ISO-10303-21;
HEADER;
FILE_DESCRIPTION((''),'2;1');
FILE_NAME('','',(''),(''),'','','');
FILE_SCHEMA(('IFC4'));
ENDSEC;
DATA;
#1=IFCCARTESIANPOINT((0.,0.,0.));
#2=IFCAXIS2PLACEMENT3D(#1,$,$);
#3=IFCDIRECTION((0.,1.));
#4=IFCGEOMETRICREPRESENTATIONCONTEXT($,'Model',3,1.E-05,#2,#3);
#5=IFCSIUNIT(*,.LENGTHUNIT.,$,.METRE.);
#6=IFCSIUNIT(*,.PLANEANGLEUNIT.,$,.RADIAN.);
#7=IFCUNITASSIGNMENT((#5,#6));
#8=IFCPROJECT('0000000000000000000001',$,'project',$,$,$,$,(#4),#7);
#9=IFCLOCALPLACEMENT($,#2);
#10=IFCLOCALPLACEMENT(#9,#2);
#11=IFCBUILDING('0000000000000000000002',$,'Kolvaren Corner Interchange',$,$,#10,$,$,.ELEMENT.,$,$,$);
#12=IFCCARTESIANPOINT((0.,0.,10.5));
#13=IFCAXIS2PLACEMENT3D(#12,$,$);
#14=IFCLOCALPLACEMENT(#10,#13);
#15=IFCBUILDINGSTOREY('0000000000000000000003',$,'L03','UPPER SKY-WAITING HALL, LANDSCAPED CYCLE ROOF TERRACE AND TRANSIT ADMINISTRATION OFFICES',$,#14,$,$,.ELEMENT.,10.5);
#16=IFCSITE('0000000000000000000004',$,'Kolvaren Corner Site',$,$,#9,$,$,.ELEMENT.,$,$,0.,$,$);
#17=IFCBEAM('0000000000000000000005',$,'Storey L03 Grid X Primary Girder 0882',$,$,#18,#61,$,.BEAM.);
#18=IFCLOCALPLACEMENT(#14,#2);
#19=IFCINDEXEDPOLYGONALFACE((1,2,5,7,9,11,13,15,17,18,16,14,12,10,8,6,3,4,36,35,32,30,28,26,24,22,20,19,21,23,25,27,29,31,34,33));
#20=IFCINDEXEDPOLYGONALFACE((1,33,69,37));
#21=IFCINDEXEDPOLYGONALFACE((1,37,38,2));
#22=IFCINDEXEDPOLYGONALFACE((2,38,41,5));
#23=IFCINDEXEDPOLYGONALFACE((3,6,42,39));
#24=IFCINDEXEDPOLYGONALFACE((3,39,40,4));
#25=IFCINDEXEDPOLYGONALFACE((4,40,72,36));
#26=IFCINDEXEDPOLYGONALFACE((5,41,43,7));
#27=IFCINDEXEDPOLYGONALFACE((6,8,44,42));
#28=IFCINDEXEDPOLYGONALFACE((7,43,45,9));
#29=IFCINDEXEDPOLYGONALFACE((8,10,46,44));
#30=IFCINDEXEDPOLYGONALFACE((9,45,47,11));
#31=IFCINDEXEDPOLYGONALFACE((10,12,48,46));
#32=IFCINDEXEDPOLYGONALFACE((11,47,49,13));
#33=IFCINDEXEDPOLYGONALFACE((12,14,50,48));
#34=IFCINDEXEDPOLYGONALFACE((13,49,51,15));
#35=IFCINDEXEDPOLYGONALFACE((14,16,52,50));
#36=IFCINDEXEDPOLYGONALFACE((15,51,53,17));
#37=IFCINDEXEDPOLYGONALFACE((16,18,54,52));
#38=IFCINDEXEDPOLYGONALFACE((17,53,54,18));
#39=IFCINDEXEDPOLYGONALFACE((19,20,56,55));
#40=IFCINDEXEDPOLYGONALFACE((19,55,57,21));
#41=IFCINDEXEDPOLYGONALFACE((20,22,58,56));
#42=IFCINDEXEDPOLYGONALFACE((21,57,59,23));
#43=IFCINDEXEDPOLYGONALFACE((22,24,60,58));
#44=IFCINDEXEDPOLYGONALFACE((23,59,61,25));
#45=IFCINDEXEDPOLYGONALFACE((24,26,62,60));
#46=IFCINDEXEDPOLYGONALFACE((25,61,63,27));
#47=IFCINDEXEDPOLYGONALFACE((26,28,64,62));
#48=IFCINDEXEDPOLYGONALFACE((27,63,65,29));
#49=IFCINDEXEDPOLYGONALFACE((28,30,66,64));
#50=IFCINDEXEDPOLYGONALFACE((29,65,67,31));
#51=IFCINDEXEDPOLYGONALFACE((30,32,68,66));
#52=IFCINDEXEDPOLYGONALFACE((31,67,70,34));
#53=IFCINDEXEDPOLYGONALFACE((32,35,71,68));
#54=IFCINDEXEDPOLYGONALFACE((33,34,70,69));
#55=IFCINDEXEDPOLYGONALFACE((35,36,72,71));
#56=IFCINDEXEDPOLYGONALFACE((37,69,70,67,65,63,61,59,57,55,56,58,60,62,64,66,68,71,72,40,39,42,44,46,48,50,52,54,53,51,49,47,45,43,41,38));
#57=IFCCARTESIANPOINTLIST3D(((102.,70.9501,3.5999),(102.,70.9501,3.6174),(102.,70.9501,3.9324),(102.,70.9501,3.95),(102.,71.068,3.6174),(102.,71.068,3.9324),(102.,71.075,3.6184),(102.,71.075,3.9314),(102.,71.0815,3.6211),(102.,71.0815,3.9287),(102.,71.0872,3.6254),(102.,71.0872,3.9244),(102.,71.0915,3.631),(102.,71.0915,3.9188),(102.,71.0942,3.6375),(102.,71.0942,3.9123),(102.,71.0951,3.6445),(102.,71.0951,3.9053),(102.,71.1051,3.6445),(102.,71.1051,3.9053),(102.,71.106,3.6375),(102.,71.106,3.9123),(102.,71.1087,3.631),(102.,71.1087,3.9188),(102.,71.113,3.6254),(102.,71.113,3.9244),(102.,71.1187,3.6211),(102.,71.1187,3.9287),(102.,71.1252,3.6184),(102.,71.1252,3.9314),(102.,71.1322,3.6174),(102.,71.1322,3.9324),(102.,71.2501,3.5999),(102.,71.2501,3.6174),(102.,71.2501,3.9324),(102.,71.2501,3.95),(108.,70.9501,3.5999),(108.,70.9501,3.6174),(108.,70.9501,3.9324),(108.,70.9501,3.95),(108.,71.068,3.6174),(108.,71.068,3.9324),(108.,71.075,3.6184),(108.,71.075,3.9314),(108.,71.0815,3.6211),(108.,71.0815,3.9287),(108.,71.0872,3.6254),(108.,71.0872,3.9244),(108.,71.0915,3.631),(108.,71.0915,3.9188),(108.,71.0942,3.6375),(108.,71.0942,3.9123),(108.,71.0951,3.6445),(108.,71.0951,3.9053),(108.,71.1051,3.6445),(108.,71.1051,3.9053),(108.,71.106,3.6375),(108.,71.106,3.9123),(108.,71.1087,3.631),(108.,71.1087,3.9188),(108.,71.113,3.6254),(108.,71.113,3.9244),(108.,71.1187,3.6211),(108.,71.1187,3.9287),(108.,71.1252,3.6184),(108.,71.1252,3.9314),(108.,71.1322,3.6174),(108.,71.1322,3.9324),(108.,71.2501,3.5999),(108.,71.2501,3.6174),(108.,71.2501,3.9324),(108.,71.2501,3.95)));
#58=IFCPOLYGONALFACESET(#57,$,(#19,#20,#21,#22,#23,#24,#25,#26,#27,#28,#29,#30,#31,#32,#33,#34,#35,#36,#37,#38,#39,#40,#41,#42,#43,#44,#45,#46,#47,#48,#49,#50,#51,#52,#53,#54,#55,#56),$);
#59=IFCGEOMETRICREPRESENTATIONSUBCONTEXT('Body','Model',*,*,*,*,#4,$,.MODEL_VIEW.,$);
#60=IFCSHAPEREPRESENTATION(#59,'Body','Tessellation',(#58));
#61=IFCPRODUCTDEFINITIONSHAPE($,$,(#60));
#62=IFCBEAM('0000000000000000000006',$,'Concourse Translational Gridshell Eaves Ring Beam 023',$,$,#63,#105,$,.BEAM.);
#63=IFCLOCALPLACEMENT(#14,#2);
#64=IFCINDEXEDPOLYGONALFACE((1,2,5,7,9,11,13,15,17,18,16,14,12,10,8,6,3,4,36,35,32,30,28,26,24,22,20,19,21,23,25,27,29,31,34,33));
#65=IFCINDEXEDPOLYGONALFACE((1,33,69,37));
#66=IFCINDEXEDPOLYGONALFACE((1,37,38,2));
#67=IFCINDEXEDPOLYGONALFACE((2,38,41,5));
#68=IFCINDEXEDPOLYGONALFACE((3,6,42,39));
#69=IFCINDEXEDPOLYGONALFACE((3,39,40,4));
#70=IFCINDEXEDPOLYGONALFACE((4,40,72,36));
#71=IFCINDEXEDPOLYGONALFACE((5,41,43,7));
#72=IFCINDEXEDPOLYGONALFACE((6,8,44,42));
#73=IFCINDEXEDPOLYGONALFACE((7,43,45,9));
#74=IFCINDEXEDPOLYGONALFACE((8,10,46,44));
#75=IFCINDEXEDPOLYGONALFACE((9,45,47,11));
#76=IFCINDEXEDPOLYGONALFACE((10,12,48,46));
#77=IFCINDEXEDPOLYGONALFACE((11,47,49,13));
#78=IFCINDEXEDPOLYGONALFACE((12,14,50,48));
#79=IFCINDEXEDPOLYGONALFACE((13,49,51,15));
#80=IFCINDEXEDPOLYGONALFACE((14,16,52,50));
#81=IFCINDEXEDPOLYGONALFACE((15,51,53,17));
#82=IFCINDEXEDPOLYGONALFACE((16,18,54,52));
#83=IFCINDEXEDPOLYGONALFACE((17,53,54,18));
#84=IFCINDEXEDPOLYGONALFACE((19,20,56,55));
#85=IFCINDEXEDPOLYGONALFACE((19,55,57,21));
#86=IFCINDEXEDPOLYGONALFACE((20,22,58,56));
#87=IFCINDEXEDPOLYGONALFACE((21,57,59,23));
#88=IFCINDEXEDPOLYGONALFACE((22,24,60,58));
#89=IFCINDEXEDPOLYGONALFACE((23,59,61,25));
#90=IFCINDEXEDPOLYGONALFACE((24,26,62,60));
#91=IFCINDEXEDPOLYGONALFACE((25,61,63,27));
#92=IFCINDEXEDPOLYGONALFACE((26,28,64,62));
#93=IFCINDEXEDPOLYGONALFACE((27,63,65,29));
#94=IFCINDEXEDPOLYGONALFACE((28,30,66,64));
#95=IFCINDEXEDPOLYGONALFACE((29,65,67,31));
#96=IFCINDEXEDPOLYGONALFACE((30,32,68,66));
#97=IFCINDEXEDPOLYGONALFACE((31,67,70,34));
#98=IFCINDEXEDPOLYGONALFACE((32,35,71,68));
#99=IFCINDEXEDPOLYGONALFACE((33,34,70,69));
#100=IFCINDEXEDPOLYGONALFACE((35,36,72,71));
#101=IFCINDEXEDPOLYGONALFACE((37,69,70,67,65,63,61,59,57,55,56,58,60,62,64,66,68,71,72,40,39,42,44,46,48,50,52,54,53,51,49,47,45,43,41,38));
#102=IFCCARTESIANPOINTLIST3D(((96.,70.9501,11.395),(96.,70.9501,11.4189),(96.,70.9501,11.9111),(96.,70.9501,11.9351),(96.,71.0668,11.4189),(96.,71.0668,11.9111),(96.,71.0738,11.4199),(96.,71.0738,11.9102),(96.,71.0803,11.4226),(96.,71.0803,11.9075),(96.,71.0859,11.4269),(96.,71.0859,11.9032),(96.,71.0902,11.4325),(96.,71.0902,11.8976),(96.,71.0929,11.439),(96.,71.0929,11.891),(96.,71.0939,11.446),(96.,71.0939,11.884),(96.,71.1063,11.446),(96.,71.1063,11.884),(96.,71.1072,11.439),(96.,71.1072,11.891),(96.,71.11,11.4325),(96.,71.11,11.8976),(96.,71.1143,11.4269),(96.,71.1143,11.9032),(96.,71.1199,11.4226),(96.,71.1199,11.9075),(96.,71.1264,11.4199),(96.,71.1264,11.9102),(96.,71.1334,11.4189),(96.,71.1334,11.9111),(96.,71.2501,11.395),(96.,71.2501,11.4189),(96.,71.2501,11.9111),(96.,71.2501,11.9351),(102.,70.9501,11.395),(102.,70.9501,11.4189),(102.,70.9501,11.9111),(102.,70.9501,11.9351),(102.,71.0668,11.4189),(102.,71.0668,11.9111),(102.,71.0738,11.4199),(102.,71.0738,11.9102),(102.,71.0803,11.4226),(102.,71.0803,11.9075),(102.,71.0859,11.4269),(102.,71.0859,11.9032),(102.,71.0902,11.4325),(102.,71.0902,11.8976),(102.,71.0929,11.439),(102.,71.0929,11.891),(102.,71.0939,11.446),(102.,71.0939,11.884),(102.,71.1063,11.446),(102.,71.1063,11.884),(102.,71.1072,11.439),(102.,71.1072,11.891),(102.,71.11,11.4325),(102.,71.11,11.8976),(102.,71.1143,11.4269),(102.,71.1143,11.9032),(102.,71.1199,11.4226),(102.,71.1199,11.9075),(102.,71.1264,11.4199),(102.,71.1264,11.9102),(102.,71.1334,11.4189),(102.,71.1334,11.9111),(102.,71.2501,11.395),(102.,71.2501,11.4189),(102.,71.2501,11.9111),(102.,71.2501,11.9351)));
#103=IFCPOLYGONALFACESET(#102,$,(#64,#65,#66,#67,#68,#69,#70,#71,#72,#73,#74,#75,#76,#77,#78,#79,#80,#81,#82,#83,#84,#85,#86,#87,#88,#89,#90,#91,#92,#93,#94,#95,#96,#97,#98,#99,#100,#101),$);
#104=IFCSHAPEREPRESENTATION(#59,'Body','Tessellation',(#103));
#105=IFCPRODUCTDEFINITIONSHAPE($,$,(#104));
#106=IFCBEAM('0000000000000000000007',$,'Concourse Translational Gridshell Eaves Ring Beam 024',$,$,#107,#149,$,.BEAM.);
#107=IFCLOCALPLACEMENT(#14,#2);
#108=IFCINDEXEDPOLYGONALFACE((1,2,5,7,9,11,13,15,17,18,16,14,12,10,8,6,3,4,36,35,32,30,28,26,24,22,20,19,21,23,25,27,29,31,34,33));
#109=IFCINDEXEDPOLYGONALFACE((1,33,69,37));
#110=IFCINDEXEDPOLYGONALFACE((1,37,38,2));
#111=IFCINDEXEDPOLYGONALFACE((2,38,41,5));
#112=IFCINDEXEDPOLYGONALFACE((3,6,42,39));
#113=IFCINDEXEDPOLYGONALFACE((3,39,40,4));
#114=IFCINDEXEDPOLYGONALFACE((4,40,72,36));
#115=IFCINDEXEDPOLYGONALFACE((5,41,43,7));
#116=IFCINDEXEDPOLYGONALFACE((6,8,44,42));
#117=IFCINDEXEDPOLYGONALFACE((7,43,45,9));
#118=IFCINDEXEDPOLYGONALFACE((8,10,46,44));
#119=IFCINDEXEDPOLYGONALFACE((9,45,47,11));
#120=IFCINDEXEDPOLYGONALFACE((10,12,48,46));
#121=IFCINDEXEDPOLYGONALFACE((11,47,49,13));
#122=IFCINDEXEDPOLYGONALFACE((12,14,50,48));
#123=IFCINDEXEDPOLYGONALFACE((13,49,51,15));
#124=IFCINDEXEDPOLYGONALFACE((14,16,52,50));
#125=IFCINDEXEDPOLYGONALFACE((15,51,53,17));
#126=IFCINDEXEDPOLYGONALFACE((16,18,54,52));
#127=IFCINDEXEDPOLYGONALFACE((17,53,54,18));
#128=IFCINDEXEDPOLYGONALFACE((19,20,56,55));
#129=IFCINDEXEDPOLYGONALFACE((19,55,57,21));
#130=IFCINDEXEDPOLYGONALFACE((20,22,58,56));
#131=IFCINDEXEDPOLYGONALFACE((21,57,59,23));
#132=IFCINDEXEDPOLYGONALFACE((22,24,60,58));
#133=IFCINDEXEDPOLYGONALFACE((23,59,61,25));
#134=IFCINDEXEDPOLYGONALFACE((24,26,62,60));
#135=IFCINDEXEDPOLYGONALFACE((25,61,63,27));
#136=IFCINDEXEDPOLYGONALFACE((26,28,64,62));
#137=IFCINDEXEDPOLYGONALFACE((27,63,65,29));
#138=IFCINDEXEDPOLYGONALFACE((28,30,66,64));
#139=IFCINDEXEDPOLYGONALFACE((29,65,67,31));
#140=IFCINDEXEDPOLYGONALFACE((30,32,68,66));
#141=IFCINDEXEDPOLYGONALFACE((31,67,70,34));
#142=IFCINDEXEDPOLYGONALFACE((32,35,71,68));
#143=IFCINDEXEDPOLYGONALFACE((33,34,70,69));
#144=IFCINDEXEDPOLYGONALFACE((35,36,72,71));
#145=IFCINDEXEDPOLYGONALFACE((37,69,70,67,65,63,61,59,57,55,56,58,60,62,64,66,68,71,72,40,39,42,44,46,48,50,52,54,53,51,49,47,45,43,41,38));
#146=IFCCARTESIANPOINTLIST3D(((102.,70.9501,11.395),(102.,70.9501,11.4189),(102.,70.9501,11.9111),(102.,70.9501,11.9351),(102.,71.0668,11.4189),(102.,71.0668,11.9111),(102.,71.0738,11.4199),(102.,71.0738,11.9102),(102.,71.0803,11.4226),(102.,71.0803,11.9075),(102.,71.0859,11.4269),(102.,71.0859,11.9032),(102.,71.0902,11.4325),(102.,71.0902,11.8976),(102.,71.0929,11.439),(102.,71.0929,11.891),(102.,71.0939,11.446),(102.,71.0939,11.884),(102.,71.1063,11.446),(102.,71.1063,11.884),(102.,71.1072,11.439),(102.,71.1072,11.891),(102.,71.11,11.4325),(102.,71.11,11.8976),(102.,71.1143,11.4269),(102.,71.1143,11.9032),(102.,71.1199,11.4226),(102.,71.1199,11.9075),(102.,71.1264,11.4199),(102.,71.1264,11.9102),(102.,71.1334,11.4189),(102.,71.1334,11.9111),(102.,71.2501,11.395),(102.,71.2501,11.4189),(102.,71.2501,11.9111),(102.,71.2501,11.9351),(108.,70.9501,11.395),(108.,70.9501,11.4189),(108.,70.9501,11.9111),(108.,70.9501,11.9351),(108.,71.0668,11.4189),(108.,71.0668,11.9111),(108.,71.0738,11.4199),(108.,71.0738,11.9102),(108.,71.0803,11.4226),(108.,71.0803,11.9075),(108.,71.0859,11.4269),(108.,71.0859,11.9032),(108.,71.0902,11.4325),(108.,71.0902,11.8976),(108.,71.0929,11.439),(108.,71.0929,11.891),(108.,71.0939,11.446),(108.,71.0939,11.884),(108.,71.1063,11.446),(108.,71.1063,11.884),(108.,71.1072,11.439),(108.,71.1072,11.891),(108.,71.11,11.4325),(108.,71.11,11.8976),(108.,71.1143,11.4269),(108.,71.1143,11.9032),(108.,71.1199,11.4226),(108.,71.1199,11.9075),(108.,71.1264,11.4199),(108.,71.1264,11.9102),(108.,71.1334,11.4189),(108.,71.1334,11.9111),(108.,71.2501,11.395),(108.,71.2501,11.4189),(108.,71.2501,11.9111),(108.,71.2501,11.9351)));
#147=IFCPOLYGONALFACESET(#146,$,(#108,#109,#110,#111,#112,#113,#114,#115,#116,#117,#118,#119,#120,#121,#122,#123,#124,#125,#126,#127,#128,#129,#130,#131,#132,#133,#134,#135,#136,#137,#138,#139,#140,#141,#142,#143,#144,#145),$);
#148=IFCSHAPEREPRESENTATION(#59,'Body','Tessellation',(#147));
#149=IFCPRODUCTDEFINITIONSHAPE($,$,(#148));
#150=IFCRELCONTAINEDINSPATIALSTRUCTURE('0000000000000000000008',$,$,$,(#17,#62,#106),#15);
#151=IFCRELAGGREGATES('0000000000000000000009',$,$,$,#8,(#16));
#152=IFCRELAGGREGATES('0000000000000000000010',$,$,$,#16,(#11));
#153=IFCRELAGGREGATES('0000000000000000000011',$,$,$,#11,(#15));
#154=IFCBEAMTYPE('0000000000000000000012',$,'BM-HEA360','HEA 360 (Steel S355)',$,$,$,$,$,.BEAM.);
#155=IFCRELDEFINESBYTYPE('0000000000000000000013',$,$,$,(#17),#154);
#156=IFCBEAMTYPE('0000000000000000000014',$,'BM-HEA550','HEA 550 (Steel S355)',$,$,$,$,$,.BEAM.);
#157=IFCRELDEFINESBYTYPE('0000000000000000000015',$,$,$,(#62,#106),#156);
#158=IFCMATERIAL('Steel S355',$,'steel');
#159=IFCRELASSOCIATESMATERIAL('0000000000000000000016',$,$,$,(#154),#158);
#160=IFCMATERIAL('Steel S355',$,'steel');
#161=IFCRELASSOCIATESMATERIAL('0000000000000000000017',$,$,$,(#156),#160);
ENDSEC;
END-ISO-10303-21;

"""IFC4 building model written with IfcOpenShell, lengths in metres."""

from ifc_helpers import new_model, si_unit, direction, frame, origin, origin_2d, place, context, subcontext, project, spatial, i_section, extrude, material, material_profile, profile_set, type_object, element, save


model = new_model("IFC4")

# Units and contexts
model_context = context("Model", 3, precision=1e-05, world=origin(), true_north=direction((0.0, 1.0)))
body_context = subcontext(model_context, "Body", "Model", "MODEL_VIEW")
ifc_project = project(units=[si_unit("LENGTHUNIT", "METRE"), si_unit("PLANEANGLEUNIT", "RADIAN")], contexts=[model_context])

# Site, building, storey
site_placement = place(None, origin())
site = spatial("IfcSite", under=ifc_project, at=site_placement, Name="Kolvaren Corner Site", CompositionType="ELEMENT", RefElevation=0.0)
building_placement = place(site_placement, origin())
building = spatial("IfcBuilding", under=site, at=building_placement, Name="Kolvaren Corner Interchange", CompositionType="ELEMENT")
storey_placement = place(building_placement, frame((0.0, 0.0, 10.5)))
storey = spatial("IfcBuildingStorey", under=building, at=storey_placement, Name="L03", Description="UPPER SKY-WAITING HALL, LANDSCAPED CYCLE ROOF TERRACE AND TRANSIT ADMINISTRATION OFFICES", CompositionType="ELEMENT", Elevation=10.5)

# Beams
ifc_material_1 = material(Name="Steel S355", Category="steel")
ifc_material_profile_1 = material_profile(ifc_material_1, i_section(OverallWidth=0.3, OverallDepth=0.3501, WebThickness=0.01, FlangeThickness=0.0176, FilletRadius=0.0271, at=origin_2d()), Name="HEA 360")
ifc_profile_set_1 = profile_set([ifc_material_profile_1], Name="Steel S355")
beam_type_1 = type_object("IfcBeamType", Name="BM-HEA360", Description="HEA 360 (Steel S355)", PredefinedType="BEAM", material=ifc_profile_set_1)
for number, where, z_axis, x_axis, name in (
    (1, (102.0, 71.1001, 3.7749), (1.0, 0.0, 0.0), (0.0, 1.0, 0.0), "Storey L03 Grid X Primary Girder 0882"),
):
    element("IfcBeam", number, at=place(storey_placement, frame(where, z_axis=z_axis, x_axis=x_axis)), inside=storey, type_object=beam_type_1, Name=name, PredefinedType="BEAM", context=body_context, shape_type="SweptSolid", body=[
        extrude(i_section(OverallWidth=0.3, OverallDepth=0.3501, WebThickness=0.01, FlangeThickness=0.0176, FilletRadius=0.0271, at=origin_2d()), origin(), (0.0, 0.0, 1.0), 6.0),
    ])
ifc_material_2 = material(Name="Steel S355", Category="steel")
ifc_material_profile_2 = material_profile(ifc_material_2, i_section(OverallWidth=0.3, OverallDepth=0.54, WebThickness=0.0125, FlangeThickness=0.0239, FilletRadius=0.0271, at=origin_2d()), Name="HEA 550")
ifc_profile_set_2 = profile_set([ifc_material_profile_2], Name="Steel S355")
beam_type_2 = type_object("IfcBeamType", Name="BM-HEA550", Description="HEA 550 (Steel S355)", PredefinedType="BEAM", material=ifc_profile_set_2)
for number, where, z_axis, x_axis, name in (
    (2, (96.0, 71.1001, 11.665), (1.0, 0.0, 0.0), (0.0, 1.0, 0.0), "Concourse Translational Gridshell Eaves Ring Beam 023"),
    (3, (102.0, 71.1001, 11.665), (1.0, 0.0, 0.0), (0.0, 1.0, 0.0), "Concourse Translational Gridshell Eaves Ring Beam 024"),
):
    element("IfcBeam", number, at=place(storey_placement, frame(where, z_axis=z_axis, x_axis=x_axis)), inside=storey, type_object=beam_type_2, Name=name, PredefinedType="BEAM", context=body_context, shape_type="SweptSolid", body=[
        extrude(i_section(OverallWidth=0.3, OverallDepth=0.54, WebThickness=0.0125, FlangeThickness=0.0239, FilletRadius=0.0271, at=origin_2d()), origin(), (0.0, 0.0, 1.0), 6.0),
    ])

save(model, "model.ifc")
